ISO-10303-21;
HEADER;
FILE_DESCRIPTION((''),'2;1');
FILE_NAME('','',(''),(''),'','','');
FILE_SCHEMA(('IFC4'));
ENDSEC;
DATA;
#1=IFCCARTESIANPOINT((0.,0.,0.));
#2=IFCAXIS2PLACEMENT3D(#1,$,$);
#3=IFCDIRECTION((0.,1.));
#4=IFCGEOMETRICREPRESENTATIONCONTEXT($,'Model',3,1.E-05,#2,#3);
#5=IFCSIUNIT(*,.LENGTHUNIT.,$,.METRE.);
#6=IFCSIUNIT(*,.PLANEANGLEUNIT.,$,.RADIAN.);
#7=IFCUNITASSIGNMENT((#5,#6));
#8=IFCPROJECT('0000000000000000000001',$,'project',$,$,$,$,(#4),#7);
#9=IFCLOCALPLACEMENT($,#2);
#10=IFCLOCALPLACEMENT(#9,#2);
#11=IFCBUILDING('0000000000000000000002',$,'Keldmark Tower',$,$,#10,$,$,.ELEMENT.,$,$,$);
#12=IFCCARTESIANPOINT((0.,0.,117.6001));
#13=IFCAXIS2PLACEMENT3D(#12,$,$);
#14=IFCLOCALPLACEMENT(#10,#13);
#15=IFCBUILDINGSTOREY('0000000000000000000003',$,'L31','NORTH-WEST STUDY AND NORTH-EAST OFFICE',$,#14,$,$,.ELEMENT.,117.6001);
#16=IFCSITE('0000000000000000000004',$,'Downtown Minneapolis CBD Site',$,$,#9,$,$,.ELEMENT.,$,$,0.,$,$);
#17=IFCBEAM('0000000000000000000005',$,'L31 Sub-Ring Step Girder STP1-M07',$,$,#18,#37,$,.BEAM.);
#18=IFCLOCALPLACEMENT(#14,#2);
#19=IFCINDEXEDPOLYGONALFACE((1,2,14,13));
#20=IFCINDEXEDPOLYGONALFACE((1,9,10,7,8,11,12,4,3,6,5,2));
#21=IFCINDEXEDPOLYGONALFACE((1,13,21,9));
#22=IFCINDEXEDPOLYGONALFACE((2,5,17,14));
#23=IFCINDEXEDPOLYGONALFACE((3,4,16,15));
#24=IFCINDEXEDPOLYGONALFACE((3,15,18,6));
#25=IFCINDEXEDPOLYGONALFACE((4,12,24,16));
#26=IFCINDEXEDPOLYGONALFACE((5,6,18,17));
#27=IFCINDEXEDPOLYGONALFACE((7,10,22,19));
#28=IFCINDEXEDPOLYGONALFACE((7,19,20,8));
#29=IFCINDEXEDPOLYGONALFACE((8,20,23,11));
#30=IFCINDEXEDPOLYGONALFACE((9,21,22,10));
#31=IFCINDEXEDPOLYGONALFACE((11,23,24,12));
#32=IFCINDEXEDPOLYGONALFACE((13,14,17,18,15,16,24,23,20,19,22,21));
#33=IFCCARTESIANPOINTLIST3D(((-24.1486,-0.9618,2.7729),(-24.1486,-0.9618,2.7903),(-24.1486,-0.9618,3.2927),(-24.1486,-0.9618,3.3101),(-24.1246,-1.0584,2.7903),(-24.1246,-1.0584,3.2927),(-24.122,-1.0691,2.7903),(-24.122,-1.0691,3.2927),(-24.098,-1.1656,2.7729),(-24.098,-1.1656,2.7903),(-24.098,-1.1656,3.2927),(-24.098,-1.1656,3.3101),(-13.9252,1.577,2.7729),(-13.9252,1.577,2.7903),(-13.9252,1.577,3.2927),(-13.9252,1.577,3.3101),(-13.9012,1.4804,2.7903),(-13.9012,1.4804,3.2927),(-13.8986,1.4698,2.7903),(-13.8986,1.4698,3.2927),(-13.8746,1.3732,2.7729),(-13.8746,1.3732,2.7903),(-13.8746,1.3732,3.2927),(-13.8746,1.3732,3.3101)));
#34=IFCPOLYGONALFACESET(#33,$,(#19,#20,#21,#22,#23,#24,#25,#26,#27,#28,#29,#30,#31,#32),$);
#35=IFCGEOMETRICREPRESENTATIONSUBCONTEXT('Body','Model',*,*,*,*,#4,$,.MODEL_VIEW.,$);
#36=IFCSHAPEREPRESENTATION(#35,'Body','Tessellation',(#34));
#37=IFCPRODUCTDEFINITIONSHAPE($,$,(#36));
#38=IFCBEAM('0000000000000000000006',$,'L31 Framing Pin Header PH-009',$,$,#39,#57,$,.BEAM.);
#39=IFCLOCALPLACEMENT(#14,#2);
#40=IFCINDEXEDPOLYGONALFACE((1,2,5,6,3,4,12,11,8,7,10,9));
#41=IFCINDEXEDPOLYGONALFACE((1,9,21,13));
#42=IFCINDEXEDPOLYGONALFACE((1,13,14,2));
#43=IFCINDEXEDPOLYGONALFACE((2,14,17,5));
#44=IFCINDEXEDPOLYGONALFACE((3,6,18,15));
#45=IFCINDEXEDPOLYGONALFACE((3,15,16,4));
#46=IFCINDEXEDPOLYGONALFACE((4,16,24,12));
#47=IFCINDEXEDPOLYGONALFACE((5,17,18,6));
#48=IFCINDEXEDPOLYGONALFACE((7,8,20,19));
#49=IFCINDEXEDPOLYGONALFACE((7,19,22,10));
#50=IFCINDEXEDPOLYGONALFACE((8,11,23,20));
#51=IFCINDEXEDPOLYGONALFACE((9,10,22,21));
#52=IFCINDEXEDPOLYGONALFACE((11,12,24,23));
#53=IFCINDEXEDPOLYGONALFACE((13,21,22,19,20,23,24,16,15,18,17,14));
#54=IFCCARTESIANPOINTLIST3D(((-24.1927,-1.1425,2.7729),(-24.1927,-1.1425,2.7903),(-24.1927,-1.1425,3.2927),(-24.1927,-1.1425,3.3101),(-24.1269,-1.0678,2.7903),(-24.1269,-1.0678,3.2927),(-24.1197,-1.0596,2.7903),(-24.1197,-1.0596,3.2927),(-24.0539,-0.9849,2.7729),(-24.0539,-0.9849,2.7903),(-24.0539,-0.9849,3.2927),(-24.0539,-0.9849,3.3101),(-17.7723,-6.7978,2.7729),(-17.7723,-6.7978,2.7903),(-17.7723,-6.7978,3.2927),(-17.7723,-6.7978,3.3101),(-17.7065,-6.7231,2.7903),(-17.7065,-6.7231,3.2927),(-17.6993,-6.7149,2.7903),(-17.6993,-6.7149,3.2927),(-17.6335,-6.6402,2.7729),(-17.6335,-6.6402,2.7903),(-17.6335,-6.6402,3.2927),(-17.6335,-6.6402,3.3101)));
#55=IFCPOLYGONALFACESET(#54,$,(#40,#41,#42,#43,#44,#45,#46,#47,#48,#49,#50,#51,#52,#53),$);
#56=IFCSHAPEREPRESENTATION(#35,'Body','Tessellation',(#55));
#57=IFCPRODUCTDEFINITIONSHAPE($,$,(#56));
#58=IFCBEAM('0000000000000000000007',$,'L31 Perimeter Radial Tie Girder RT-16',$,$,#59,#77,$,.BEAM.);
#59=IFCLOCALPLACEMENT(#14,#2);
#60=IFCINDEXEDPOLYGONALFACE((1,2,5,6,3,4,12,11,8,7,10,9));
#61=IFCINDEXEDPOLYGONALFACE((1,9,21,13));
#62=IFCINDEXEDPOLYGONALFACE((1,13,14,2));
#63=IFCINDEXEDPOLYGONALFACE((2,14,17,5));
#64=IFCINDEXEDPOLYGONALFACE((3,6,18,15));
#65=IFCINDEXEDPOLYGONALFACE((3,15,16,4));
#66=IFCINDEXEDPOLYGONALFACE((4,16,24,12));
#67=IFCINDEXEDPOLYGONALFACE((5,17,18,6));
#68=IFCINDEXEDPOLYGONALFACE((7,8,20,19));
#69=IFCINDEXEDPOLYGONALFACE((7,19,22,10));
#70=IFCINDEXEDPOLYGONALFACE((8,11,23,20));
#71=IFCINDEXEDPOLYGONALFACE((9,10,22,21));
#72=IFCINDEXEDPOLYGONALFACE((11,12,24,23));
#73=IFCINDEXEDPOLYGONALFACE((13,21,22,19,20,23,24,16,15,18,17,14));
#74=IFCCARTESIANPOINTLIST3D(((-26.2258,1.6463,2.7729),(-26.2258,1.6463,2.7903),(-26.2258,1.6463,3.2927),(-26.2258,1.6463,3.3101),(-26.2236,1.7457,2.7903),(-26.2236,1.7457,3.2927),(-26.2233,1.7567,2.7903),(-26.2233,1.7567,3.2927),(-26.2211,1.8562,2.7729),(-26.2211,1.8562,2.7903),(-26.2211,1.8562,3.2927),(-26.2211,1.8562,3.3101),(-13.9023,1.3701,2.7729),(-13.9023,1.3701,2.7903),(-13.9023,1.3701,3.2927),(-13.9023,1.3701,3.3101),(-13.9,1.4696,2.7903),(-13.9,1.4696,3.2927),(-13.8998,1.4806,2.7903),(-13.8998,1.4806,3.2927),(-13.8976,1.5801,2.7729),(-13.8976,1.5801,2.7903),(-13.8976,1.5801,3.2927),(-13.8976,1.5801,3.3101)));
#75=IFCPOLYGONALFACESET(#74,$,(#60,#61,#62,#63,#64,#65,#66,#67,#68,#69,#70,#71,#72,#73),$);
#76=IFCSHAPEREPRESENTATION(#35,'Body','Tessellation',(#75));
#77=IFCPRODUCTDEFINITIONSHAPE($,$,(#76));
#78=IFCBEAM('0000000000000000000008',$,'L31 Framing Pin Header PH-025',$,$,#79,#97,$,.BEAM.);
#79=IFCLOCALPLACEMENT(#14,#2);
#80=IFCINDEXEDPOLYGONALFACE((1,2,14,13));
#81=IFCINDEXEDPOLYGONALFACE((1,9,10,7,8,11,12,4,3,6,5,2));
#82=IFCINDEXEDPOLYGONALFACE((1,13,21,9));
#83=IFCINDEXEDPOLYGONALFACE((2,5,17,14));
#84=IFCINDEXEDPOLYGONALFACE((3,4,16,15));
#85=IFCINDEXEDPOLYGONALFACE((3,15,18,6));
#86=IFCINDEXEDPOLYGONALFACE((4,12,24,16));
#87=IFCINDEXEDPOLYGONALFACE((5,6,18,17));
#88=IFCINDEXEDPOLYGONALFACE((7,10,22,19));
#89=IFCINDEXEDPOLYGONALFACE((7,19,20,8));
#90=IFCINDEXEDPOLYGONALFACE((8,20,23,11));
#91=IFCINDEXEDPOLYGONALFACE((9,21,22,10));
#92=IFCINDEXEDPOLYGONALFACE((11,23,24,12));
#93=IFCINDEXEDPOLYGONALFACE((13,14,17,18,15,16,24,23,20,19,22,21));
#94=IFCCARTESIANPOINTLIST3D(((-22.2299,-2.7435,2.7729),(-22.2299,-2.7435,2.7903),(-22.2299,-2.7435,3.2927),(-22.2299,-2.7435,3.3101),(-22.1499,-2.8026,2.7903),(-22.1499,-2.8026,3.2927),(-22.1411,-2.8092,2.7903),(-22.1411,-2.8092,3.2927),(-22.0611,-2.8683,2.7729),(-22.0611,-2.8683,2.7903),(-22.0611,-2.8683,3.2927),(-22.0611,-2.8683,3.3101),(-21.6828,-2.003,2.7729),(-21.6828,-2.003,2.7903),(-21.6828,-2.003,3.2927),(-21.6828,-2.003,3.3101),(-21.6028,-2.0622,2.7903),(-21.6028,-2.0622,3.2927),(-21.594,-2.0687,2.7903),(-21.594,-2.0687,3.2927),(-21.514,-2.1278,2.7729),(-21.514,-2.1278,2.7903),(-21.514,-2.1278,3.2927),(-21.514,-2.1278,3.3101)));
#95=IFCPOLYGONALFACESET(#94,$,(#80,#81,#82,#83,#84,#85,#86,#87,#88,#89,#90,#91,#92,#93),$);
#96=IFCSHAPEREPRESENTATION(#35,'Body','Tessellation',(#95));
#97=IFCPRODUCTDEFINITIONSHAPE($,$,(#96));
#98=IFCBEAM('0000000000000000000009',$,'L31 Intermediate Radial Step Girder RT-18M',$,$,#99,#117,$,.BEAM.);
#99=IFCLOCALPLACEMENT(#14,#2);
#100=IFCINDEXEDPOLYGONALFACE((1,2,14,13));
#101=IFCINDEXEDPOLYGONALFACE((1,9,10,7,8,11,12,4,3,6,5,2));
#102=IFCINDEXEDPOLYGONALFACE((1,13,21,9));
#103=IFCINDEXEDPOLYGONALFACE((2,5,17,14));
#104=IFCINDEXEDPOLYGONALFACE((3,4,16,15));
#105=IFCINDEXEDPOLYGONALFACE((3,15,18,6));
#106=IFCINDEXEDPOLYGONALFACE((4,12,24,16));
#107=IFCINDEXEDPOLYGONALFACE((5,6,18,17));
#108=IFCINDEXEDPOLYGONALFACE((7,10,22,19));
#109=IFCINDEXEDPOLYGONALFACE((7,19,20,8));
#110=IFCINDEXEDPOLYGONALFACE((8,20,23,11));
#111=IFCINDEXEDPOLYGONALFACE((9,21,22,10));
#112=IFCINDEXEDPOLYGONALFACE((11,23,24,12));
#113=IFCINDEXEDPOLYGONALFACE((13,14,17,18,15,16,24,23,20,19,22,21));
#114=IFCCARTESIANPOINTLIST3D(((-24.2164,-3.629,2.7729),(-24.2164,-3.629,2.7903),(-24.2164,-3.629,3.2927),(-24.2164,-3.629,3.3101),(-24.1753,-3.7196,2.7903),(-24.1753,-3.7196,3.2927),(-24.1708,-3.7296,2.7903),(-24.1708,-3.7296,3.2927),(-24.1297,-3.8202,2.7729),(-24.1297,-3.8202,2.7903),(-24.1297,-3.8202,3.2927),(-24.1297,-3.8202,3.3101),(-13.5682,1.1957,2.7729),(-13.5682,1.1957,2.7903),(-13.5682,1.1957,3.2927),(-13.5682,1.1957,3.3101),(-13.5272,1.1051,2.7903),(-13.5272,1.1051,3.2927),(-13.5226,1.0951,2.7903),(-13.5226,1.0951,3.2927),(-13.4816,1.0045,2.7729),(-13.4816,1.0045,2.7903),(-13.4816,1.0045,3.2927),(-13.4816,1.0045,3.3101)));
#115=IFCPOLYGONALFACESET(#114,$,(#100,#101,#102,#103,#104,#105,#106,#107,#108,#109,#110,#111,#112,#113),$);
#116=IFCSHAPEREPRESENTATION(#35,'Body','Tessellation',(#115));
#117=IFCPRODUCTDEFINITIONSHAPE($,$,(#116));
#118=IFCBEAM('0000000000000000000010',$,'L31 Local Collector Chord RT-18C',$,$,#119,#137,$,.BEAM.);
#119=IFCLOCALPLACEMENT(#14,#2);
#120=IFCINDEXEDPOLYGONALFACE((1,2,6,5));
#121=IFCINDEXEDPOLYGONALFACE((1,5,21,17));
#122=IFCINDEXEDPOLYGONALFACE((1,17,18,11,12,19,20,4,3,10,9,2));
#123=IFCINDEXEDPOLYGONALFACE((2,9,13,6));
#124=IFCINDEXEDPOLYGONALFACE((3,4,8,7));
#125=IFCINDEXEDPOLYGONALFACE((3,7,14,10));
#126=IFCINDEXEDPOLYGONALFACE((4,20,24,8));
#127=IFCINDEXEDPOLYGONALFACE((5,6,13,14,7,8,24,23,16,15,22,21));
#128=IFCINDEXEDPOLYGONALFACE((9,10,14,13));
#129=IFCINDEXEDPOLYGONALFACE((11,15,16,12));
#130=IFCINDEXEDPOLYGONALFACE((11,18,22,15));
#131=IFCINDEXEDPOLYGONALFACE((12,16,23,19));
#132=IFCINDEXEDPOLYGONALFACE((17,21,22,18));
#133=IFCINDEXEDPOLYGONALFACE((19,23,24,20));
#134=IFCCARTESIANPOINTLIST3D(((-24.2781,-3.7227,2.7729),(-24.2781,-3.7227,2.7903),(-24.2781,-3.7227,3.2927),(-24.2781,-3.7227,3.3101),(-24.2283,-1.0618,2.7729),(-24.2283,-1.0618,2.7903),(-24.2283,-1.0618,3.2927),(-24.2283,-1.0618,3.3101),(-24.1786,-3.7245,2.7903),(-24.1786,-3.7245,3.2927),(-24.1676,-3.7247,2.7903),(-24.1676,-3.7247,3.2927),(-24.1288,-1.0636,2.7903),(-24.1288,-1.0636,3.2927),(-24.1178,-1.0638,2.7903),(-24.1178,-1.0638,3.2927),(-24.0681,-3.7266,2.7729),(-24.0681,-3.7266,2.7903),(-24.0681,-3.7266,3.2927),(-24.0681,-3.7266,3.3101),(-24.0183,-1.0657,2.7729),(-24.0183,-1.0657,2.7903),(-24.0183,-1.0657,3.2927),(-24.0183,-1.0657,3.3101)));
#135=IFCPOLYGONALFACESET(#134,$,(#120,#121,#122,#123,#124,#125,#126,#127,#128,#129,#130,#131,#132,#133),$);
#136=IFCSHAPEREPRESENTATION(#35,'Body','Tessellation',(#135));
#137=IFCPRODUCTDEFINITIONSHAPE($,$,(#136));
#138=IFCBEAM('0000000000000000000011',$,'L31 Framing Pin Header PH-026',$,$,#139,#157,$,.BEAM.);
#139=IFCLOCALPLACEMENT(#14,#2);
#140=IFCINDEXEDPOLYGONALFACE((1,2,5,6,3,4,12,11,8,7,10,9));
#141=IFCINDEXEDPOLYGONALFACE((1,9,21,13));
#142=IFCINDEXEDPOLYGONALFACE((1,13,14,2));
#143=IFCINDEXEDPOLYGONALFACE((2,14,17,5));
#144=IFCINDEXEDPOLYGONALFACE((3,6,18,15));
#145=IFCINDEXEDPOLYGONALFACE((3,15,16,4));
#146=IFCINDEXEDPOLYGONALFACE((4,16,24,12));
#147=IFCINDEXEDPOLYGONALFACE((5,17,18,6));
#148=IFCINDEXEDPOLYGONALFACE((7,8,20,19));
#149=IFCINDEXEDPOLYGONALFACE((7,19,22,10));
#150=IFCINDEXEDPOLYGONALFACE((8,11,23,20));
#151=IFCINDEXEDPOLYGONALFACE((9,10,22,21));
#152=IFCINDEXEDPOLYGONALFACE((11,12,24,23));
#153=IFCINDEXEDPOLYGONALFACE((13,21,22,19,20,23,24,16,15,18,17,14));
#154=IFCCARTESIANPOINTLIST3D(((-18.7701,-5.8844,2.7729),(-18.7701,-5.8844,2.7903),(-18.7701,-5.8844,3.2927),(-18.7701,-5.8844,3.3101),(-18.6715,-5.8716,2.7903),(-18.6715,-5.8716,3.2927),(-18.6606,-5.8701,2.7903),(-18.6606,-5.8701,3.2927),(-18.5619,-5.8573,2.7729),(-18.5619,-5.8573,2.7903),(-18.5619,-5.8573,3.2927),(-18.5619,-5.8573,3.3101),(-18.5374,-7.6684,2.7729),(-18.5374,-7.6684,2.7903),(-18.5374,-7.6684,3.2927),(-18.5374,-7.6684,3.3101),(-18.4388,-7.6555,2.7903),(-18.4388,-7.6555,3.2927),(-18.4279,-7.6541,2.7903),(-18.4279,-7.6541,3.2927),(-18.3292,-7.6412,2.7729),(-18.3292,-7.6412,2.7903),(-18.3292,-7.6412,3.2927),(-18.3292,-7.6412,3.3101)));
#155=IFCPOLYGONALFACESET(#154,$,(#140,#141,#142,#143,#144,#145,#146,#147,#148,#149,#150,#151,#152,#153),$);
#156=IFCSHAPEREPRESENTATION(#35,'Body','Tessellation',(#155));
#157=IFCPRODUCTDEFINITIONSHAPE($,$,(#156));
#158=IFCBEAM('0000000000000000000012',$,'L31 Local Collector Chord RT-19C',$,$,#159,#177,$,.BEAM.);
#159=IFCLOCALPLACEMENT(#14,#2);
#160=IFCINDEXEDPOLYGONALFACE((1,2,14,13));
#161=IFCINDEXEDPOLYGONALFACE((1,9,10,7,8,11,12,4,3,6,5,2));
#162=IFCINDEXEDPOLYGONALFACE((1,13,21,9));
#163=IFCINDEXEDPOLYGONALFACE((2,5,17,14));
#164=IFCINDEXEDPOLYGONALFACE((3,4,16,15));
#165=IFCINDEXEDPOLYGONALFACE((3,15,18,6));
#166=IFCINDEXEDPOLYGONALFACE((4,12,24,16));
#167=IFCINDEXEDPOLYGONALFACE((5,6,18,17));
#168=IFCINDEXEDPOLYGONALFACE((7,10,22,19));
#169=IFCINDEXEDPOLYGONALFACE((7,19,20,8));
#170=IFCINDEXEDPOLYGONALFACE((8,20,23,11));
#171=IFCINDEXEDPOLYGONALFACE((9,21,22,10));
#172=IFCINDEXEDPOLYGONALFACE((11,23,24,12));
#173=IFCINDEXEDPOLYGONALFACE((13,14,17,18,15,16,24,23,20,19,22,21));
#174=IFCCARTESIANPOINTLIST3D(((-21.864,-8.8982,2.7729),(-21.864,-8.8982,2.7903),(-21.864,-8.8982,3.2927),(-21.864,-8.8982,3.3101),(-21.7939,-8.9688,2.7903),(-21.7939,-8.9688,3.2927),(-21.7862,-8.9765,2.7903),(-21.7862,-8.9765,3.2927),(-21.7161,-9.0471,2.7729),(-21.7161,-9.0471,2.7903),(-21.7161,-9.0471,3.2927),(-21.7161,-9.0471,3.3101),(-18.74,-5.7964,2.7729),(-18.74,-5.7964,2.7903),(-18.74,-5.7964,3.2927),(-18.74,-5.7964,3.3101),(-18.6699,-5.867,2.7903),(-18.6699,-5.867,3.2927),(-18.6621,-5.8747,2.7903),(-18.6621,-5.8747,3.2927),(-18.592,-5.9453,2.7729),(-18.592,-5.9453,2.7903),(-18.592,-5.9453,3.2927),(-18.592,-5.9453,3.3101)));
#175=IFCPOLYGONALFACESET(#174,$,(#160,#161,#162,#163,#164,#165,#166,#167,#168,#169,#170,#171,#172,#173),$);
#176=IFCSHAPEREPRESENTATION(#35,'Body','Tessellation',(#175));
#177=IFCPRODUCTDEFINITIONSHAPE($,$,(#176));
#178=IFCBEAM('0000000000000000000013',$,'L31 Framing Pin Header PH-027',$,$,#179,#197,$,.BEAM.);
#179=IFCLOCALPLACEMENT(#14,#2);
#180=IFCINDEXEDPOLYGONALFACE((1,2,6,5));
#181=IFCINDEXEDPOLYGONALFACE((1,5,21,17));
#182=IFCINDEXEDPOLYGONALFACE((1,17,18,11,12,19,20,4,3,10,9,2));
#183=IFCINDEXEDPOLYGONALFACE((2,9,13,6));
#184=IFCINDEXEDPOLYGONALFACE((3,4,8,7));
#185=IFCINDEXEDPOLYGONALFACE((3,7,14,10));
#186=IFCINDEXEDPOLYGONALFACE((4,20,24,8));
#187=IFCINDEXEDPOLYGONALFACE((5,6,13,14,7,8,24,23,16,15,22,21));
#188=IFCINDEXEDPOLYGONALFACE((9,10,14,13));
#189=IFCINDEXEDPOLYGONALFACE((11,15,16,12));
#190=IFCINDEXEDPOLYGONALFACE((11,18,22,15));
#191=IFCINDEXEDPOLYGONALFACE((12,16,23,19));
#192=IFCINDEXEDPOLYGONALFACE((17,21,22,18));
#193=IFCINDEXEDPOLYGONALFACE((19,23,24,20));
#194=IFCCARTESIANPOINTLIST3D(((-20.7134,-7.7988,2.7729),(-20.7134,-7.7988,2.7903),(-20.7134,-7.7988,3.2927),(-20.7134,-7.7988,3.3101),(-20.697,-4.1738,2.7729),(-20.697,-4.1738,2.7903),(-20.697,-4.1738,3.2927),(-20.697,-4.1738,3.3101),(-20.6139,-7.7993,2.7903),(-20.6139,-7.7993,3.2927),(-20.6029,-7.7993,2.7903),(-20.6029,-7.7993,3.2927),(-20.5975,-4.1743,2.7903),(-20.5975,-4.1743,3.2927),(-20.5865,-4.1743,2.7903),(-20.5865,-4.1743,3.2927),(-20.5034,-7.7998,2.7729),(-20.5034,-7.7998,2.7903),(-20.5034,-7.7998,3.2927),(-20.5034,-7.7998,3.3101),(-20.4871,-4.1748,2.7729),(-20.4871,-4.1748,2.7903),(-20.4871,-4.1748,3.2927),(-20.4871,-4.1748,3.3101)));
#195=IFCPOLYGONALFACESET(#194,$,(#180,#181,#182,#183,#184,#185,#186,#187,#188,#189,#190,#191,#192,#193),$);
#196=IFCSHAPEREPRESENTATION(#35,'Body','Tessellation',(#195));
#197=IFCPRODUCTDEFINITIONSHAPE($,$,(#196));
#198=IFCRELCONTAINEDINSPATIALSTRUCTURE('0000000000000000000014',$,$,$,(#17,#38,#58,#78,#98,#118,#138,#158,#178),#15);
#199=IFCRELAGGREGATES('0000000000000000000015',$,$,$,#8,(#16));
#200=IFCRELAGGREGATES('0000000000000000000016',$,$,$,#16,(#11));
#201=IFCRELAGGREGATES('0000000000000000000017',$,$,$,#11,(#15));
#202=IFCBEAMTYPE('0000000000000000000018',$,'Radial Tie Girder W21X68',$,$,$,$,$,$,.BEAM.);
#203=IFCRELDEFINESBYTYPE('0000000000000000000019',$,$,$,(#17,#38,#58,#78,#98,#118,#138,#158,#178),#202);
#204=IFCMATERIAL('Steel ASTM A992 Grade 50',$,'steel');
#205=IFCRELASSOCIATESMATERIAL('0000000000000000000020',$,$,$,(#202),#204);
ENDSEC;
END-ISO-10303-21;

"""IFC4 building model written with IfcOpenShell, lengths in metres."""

from ifc_helpers import new_model, si_unit, direction, frame, origin, origin_2d, place, context, subcontext, project, spatial, i_section, extrude, material, material_profile, profile_set, type_object, element, save


model = new_model("IFC4")

# Units and contexts
model_context = context("Model", 3, precision=1e-05, world=origin(), true_north=direction((0.0, 1.0)))
body_context = subcontext(model_context, "Body", "Model", "MODEL_VIEW")
ifc_project = project(units=[si_unit("LENGTHUNIT", "METRE"), si_unit("PLANEANGLEUNIT", "RADIAN")], contexts=[model_context])

# Site, building, storey
site_placement = place(None, origin())
site = spatial("IfcSite", under=ifc_project, at=site_placement, Name="Downtown Minneapolis CBD Site", CompositionType="ELEMENT", RefElevation=0.0)
building_placement = place(site_placement, origin())
building = spatial("IfcBuilding", under=site, at=building_placement, Name="Keldmark Tower", CompositionType="ELEMENT")
storey_placement = place(building_placement, frame((0.0, 0.0, 117.6001)))
storey = spatial("IfcBuildingStorey", under=building, at=storey_placement, Name="L31", Description="NORTH-WEST STUDY AND NORTH-EAST OFFICE", CompositionType="ELEMENT", Elevation=117.6001)

# Beams
ifc_material_1 = material(Name="Steel ASTM A992 Grade 50", Category="steel")
ifc_material_profile_1 = material_profile(ifc_material_1, i_section(OverallWidth=0.21, OverallDepth=0.5371, WebThickness=0.011, FlangeThickness=0.0173, at=origin_2d()), Name="W21X68")
ifc_profile_set_1 = profile_set([ifc_material_profile_1], Name="Steel ASTM A992 Grade 50")
beam_type_1 = type_object("IfcBeamType", Name="Radial Tie Girder W21X68", PredefinedType="BEAM", material=ifc_profile_set_1)
beam_1_placement = place(storey_placement, frame((-13.8999, 1.4751, 3.0415), z_axis=(-0.970522, -0.241014, 0.0), x_axis=(0.241014, -0.970522, 0.0)))
element("IfcBeam", 1, at=beam_1_placement, inside=storey, type_object=beam_type_1, Name="L31 Sub-Ring Step Girder STP1-M07", PredefinedType="BEAM", context=body_context, shape_type="SweptSolid", body=[
    extrude(i_section(OverallWidth=0.21, OverallDepth=0.5371, WebThickness=0.011, FlangeThickness=0.0173, at=origin_2d()), origin(), (0.0, 0.0, 1.0), 10.5339),
])
beam_2_placement = place(storey_placement, frame((-24.1233, -1.0637, 3.0415), z_axis=(0.750405, -0.660978, 0.0), x_axis=(0.660978, 0.750405, 0.0)))
element("IfcBeam", 2, at=beam_2_placement, inside=storey, type_object=beam_type_1, Name="L31 Framing Pin Header PH-009", PredefinedType="BEAM", context=body_context, shape_type="SweptSolid", body=[
    extrude(i_section(OverallWidth=0.21, OverallDepth=0.5371, WebThickness=0.011, FlangeThickness=0.0173, at=origin_2d()), origin(), (0.0, 0.0, 1.0), 8.5559),
])
beam_3_placement = place(storey_placement, frame((-13.8999, 1.4751, 3.0415), z_axis=(-0.999749, 0.022401, 0.0), x_axis=(-0.022401, -0.999749, 0.0)))
element("IfcBeam", 3, at=beam_3_placement, inside=storey, type_object=beam_type_1, Name="L31 Perimeter Radial Tie Girder RT-16", PredefinedType="BEAM", context=body_context, shape_type="SweptSolid", body=[
    extrude(i_section(OverallWidth=0.21, OverallDepth=0.5371, WebThickness=0.011, FlangeThickness=0.0173, at=origin_2d()), origin(), (0.0, 0.0, 1.0), 12.3267),
])
beam_4_placement = place(storey_placement, frame((-21.5984, -2.0654, 3.0415), z_axis=(-0.594257, -0.804275, 0.0), x_axis=(0.804275, -0.594257, 0.0)))
element("IfcBeam", 4, at=beam_4_placement, inside=storey, type_object=beam_type_1, Name="L31 Framing Pin Header PH-025", PredefinedType="BEAM", context=body_context, shape_type="SweptSolid", body=[
    extrude(i_section(OverallWidth=0.21, OverallDepth=0.5371, WebThickness=0.011, FlangeThickness=0.0173, at=origin_2d()), origin(), (0.0, 0.0, 1.0), 0.9207),
])
beam_5_placement = place(storey_placement, frame((-13.5249, 1.1001, 3.0415), z_axis=(-0.910861, -0.412712, 0.0), x_axis=(0.412712, -0.910861, 0.0)))
element("IfcBeam", 5, at=beam_5_placement, inside=storey, type_object=beam_type_1, Name="L31 Intermediate Radial Step Girder RT-18M", PredefinedType="BEAM", context=body_context, shape_type="SweptSolid", body=[
    extrude(i_section(OverallWidth=0.21, OverallDepth=0.5371, WebThickness=0.011, FlangeThickness=0.0173, at=origin_2d()), origin(), (0.0, 0.0, 1.0), 11.6902),
])
beam_6_placement = place(storey_placement, frame((-24.1233, -1.0637, 3.0415), z_axis=(-0.018714, -0.999825, 0.0), x_axis=(0.999825, -0.018714, 0.0)))
element("IfcBeam", 6, at=beam_6_placement, inside=storey, type_object=beam_type_1, Name="L31 Local Collector Chord RT-18C", PredefinedType="BEAM", context=body_context, shape_type="SweptSolid", body=[
    extrude(i_section(OverallWidth=0.21, OverallDepth=0.5371, WebThickness=0.011, FlangeThickness=0.0173, at=origin_2d()), origin(), (0.0, 0.0, 1.0), 2.6614),
])
beam_7_placement = place(storey_placement, frame((-18.666, -5.8708, 3.0415), z_axis=(0.129328, -0.991602, 0.0), x_axis=(0.991602, 0.129328, 0.0)))
element("IfcBeam", 7, at=beam_7_placement, inside=storey, type_object=beam_type_1, Name="L31 Framing Pin Header PH-026", PredefinedType="BEAM", context=body_context, shape_type="SweptSolid", body=[
    extrude(i_section(OverallWidth=0.21, OverallDepth=0.5371, WebThickness=0.011, FlangeThickness=0.0173, at=origin_2d()), origin(), (0.0, 0.0, 1.0), 1.7991),
])
beam_8_placement = place(storey_placement, frame((-18.666, -5.8708, 3.0415), z_axis=(-0.709626, -0.704579, 0.0), x_axis=(0.704579, -0.709626, 0.0)))
element("IfcBeam", 8, at=beam_8_placement, inside=storey, type_object=beam_type_1, Name="L31 Local Collector Chord RT-19C", PredefinedType="BEAM", context=body_context, shape_type="SweptSolid", body=[
    extrude(i_section(OverallWidth=0.21, OverallDepth=0.5371, WebThickness=0.011, FlangeThickness=0.0173, at=origin_2d()), origin(), (0.0, 0.0, 1.0), 4.4023),
])
beam_9_placement = place(storey_placement, frame((-20.592, -4.1743, 3.0415), z_axis=(-0.004512, -0.99999, 0.0), x_axis=(0.99999, -0.004512, 0.0)))
element("IfcBeam", 9, at=beam_9_placement, inside=storey, type_object=beam_type_1, Name="L31 Framing Pin Header PH-027", PredefinedType="BEAM", context=body_context, shape_type="SweptSolid", body=[
    extrude(i_section(OverallWidth=0.21, OverallDepth=0.5371, WebThickness=0.011, FlangeThickness=0.0173, at=origin_2d()), origin(), (0.0, 0.0, 1.0), 3.625),
])

save(model, "model.ifc")
